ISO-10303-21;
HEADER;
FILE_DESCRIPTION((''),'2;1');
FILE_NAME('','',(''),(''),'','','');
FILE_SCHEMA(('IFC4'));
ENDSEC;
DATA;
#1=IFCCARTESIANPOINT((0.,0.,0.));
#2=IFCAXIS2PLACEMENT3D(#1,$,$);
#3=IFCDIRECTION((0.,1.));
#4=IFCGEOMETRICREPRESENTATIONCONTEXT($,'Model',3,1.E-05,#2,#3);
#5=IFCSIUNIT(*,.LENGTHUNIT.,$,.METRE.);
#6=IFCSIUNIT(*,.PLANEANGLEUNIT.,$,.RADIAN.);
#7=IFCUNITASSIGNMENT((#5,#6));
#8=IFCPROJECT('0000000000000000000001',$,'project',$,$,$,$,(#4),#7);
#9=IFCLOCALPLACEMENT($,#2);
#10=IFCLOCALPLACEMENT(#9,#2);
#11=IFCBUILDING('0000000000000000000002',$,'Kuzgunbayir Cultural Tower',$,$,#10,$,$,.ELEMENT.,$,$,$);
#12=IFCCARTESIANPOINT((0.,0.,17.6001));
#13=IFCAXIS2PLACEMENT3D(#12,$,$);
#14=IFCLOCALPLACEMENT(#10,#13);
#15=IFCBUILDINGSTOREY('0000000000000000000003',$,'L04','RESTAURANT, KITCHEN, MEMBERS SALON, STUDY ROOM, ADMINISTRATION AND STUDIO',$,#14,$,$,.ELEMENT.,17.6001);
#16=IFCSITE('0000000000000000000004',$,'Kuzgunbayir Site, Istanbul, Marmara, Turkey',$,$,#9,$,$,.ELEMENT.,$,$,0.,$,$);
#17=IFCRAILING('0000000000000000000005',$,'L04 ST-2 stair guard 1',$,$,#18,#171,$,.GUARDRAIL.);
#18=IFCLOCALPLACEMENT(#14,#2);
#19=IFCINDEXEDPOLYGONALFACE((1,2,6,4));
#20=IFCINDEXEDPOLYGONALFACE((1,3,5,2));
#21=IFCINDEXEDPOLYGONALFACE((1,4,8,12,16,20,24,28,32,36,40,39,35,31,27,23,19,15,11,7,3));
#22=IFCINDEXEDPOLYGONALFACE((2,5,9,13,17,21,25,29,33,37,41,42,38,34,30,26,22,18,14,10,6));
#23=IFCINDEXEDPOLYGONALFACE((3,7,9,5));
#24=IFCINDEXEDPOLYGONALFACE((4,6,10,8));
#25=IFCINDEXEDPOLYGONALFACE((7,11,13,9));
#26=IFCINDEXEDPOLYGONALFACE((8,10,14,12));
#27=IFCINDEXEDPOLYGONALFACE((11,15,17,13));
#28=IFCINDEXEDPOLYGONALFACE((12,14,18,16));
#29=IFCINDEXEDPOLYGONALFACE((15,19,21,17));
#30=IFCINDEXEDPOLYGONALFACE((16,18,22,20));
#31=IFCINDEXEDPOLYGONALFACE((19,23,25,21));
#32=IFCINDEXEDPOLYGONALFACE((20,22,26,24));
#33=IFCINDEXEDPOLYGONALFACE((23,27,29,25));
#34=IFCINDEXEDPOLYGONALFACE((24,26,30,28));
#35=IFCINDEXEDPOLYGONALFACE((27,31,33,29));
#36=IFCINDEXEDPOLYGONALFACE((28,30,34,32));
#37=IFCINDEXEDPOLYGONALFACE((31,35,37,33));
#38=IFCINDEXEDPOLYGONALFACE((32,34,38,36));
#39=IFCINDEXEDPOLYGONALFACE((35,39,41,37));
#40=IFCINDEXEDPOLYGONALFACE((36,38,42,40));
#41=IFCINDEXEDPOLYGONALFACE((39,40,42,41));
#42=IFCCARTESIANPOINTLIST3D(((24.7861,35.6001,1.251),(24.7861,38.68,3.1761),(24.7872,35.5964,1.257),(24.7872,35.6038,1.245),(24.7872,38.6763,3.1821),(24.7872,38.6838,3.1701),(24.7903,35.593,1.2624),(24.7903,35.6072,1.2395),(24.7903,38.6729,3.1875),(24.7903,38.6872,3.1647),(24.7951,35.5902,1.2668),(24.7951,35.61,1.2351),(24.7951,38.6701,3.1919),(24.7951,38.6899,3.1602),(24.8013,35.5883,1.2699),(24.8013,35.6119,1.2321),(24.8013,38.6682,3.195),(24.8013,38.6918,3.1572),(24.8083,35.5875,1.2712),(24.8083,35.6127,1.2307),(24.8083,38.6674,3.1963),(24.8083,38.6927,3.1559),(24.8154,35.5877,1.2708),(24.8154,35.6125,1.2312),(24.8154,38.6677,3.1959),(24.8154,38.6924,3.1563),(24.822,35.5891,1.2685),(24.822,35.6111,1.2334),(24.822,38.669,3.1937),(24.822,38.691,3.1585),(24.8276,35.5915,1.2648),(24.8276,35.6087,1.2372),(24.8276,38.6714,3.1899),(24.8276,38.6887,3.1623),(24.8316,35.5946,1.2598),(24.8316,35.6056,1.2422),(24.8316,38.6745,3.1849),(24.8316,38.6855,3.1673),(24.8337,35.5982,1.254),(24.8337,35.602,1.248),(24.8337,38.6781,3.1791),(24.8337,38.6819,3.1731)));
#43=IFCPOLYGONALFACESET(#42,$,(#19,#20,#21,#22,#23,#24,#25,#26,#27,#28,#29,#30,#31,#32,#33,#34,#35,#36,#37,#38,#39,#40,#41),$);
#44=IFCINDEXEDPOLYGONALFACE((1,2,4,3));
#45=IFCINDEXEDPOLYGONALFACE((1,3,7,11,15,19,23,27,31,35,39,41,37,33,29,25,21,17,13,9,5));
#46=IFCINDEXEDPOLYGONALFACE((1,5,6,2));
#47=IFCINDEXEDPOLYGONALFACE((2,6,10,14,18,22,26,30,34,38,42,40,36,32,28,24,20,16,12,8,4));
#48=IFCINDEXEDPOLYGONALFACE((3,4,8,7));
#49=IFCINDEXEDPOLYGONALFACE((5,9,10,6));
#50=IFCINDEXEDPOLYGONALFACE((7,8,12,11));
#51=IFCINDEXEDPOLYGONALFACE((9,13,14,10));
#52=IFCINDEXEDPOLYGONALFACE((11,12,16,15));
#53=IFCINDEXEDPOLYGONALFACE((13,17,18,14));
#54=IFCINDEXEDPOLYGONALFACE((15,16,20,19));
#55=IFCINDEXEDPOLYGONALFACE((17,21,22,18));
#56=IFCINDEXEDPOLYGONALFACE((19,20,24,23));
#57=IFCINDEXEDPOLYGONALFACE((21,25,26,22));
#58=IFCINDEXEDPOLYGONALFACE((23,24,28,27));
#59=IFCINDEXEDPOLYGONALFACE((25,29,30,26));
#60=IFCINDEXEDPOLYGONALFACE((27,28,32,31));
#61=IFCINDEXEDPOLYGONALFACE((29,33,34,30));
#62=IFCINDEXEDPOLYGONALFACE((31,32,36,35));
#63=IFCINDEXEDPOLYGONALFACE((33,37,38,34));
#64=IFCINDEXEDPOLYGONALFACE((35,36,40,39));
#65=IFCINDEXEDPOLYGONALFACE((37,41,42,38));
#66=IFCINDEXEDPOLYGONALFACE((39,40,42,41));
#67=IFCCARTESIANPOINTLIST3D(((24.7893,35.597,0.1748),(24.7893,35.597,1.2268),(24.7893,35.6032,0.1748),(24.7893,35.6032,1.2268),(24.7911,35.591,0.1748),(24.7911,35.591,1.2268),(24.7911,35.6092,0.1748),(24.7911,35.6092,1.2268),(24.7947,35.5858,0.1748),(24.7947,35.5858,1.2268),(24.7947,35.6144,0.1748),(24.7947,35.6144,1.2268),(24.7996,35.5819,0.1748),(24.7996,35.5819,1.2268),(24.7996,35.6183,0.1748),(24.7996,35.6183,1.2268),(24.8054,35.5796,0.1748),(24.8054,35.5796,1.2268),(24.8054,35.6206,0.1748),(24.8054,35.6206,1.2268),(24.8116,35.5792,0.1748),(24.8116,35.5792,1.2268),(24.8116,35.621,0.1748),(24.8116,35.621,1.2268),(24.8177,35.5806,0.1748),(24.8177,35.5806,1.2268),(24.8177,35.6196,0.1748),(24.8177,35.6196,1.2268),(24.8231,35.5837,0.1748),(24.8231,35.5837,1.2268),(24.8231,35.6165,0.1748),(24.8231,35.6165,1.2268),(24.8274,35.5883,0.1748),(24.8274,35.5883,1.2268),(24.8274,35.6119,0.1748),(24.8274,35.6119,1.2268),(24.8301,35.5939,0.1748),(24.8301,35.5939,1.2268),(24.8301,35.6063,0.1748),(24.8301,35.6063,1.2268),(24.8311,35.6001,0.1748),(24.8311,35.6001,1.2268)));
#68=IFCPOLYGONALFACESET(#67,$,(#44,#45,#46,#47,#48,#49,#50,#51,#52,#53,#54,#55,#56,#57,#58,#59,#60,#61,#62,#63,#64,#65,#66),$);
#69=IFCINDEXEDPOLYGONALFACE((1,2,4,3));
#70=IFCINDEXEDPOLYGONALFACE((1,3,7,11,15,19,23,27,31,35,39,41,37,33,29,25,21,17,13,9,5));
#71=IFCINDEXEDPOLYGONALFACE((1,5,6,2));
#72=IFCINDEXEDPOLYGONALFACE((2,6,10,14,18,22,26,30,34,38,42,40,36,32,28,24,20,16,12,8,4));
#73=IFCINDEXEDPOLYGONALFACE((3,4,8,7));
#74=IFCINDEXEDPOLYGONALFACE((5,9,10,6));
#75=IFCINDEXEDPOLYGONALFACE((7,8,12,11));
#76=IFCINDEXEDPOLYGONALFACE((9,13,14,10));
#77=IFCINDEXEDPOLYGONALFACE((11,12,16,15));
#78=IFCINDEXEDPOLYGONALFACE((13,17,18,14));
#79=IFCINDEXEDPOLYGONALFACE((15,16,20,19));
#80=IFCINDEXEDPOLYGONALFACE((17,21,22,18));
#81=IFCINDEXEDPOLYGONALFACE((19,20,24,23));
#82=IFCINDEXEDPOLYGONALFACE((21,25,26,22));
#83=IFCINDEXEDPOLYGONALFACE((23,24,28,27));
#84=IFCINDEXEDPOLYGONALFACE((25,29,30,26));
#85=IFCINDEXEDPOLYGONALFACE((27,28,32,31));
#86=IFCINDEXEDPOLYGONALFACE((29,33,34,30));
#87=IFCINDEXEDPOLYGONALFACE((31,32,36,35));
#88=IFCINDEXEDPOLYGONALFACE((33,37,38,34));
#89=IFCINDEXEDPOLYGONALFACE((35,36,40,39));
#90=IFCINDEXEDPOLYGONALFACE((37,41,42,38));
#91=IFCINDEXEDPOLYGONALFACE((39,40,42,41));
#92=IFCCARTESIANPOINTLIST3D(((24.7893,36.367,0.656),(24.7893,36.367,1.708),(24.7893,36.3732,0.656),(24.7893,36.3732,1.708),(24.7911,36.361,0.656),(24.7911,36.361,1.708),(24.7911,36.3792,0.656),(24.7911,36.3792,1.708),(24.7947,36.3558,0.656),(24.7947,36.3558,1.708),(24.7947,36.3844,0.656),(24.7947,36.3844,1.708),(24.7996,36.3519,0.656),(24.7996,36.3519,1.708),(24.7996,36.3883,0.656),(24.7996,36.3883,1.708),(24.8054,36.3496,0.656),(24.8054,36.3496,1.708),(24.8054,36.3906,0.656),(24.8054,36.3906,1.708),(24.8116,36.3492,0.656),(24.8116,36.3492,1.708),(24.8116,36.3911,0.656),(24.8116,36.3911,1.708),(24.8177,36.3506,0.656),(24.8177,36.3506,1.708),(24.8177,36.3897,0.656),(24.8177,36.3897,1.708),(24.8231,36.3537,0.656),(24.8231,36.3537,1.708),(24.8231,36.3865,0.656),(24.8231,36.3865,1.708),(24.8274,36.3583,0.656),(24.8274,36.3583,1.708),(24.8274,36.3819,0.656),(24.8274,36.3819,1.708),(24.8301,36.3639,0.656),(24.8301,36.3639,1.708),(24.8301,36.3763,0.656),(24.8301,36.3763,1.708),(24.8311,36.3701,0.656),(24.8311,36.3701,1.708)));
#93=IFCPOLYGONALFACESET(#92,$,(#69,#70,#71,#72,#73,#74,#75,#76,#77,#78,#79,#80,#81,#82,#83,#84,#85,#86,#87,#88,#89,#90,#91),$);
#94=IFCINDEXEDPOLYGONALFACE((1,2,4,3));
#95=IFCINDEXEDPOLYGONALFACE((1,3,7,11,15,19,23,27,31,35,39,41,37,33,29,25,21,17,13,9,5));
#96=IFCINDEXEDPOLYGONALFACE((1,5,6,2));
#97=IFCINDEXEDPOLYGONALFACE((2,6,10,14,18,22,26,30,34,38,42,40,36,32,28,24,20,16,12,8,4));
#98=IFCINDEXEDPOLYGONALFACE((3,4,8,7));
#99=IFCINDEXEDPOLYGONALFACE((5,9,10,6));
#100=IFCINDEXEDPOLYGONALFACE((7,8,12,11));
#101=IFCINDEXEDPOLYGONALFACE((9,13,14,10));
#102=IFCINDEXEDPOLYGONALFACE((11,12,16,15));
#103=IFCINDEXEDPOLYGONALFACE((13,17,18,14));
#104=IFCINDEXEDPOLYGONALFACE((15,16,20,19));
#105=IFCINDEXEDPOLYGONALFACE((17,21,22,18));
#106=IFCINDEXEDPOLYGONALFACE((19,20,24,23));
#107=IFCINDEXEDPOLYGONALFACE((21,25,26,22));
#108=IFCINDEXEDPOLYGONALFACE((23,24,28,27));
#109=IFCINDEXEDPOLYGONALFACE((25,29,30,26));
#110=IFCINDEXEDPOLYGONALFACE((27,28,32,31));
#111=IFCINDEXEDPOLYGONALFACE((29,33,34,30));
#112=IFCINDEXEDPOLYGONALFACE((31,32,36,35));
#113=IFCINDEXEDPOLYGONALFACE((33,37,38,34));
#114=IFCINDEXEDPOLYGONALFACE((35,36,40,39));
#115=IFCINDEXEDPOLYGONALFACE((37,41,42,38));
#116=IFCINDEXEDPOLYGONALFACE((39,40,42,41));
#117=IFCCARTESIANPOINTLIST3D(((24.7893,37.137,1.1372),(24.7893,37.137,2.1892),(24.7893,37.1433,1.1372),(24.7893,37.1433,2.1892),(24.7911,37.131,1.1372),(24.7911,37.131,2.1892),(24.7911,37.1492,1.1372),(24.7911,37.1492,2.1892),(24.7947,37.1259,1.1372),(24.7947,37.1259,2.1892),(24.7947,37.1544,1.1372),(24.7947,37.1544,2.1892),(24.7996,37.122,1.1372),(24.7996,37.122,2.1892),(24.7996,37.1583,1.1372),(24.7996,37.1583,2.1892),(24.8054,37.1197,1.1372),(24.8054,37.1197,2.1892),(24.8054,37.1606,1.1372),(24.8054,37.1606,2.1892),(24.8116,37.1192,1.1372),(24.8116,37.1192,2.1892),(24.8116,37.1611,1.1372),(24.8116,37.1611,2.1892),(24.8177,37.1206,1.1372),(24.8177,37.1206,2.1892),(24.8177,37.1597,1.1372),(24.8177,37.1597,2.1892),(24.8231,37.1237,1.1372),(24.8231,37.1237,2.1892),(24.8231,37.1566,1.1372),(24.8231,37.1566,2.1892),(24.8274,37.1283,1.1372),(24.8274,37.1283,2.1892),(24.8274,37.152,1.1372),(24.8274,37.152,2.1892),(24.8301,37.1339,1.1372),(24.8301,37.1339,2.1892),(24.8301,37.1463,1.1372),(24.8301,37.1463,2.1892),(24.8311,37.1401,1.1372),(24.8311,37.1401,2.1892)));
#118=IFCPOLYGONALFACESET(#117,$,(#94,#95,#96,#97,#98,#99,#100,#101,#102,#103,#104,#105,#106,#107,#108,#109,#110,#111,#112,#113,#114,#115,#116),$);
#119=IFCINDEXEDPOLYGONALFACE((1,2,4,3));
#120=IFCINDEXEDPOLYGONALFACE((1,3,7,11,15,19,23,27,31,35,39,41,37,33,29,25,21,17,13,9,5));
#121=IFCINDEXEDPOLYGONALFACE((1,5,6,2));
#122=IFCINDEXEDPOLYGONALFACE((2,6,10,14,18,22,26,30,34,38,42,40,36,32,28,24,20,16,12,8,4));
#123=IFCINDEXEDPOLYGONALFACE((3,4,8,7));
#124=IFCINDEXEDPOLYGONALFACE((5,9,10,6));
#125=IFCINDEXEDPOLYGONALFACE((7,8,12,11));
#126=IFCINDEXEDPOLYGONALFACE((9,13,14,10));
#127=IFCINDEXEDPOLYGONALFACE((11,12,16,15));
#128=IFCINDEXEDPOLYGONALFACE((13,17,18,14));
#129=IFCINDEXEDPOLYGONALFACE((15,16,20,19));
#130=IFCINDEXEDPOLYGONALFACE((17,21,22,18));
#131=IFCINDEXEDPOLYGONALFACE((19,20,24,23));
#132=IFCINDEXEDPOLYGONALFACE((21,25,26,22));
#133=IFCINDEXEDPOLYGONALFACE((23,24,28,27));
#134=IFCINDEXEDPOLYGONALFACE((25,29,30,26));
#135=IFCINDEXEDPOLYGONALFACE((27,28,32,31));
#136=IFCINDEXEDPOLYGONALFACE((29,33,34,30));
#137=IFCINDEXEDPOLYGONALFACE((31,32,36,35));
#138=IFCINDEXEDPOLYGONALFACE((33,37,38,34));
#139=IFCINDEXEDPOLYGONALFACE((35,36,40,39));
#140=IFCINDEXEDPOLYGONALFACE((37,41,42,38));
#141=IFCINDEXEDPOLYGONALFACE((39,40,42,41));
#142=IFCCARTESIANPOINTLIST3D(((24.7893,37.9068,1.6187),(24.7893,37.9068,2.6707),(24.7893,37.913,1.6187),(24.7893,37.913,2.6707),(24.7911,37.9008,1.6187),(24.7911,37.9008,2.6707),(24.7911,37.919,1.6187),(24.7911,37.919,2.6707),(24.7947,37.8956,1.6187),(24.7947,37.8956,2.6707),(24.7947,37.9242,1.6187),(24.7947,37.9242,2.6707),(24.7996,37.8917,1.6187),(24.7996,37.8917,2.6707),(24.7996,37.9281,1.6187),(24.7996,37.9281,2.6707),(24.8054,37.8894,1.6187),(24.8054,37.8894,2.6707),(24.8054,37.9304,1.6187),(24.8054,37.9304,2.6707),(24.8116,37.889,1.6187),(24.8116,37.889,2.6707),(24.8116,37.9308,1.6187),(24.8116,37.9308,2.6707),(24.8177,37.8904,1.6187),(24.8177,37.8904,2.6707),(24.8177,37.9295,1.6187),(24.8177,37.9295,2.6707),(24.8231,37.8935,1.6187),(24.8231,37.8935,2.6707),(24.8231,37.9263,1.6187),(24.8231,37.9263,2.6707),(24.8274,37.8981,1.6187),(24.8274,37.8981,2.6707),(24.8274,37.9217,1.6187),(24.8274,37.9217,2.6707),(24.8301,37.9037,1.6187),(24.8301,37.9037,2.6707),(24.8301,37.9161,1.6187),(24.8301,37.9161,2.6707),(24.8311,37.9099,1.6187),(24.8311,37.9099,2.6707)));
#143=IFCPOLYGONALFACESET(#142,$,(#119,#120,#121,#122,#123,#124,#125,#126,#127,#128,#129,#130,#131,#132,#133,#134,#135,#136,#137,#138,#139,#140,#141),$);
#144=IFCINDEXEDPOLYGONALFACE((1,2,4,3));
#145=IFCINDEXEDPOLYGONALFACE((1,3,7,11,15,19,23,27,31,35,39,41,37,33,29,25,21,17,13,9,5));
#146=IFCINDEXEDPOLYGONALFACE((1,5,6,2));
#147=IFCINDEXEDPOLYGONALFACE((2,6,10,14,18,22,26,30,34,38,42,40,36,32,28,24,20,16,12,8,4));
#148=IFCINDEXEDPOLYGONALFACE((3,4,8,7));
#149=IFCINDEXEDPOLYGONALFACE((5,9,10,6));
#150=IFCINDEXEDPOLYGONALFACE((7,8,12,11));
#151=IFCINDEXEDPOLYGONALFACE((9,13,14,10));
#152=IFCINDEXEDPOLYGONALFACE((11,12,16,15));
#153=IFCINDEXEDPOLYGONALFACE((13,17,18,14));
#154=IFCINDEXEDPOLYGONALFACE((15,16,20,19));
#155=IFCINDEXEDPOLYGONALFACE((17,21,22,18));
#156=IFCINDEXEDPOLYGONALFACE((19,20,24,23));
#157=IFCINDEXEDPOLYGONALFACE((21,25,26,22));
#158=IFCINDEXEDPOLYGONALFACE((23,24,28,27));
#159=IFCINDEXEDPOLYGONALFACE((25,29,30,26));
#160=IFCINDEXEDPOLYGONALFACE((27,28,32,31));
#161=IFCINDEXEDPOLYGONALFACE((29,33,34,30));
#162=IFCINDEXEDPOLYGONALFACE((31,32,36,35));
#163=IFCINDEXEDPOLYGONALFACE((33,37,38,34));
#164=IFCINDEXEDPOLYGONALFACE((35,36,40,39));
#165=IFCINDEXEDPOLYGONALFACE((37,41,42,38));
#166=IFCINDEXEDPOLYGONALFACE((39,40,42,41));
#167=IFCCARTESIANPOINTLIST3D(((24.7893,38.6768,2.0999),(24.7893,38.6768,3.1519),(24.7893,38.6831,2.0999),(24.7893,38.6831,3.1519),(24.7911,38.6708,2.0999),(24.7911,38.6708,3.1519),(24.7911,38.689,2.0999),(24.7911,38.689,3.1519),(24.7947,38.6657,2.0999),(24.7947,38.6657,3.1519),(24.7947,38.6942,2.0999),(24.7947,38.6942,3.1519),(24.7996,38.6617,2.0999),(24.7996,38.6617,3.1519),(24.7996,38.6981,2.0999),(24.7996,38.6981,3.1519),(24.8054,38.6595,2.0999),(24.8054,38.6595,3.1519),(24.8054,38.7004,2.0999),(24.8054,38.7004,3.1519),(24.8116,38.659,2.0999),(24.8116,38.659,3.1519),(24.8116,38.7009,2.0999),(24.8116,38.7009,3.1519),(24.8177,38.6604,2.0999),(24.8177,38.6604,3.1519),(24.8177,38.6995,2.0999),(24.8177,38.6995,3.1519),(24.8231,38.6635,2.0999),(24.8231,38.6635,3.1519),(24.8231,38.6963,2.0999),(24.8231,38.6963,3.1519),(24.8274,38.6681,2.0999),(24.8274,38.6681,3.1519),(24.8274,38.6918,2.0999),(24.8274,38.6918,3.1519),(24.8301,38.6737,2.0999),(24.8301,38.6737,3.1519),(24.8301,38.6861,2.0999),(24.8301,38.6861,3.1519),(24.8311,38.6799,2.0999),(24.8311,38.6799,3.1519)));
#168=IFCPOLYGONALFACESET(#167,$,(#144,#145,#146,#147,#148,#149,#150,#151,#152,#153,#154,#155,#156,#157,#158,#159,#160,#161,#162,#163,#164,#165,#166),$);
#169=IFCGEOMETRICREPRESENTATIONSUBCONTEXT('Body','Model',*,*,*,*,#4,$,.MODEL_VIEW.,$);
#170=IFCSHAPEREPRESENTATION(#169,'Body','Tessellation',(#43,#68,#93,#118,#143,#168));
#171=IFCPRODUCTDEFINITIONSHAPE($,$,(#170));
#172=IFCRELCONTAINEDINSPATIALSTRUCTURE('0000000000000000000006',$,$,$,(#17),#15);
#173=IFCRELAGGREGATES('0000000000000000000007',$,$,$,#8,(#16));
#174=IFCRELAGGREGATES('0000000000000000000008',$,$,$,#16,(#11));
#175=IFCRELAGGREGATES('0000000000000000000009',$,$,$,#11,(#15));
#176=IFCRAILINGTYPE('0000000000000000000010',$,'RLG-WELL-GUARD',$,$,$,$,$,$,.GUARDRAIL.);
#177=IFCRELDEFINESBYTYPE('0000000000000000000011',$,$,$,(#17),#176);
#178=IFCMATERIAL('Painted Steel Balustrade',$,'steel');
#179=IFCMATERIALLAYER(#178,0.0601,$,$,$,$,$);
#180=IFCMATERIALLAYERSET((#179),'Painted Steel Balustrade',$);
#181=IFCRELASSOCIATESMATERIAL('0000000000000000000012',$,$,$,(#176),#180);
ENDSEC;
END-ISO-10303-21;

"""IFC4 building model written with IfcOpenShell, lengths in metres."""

from ifc_helpers import new_model, si_unit, direction, frame, origin, origin_2d, place, context, subcontext, project, spatial, circle, extrude, material, layer, layer_set, type_object, element, save


model = new_model("IFC4")

# Units and contexts
model_context = context("Model", 3, precision=1e-05, world=origin(), true_north=direction((0.0, 1.0)))
body_context = subcontext(model_context, "Body", "Model", "MODEL_VIEW")
ifc_project = project(units=[si_unit("LENGTHUNIT", "METRE"), si_unit("PLANEANGLEUNIT", "RADIAN")], contexts=[model_context])

# Site, building, storey
site_placement = place(None, origin())
site = spatial("IfcSite", under=ifc_project, at=site_placement, Name="Kuzgunbayir Site, Istanbul, Marmara, Turkey", CompositionType="ELEMENT", RefElevation=0.0)
building_placement = place(site_placement, origin())
building = spatial("IfcBuilding", under=site, at=building_placement, Name="Kuzgunbayir Cultural Tower", CompositionType="ELEMENT")
storey_placement = place(building_placement, frame((0.0, 0.0, 17.6001)))
storey = spatial("IfcBuildingStorey", under=building, at=storey_placement, Name="L04", Description="RESTAURANT, KITCHEN, MEMBERS SALON, STUDY ROOM, ADMINISTRATION AND STUDIO", CompositionType="ELEMENT", Elevation=17.6001)

# Railing
ifc_material_1 = material(Name="Painted Steel Balustrade", Category="steel")
ifc_layer_1 = layer(ifc_material_1, 0.0601)
ifc_layer_set_1 = layer_set([ifc_layer_1], Name="Painted Steel Balustrade")
railing_type_1 = type_object("IfcRailingType", Name="RLG-WELL-GUARD", PredefinedType="GUARDRAIL", material=ifc_layer_set_1)
railing_1_placement = place(storey_placement, frame((24.8101, 35.6001, 0.1748)))
element("IfcRailing", 1, at=railing_1_placement, inside=storey, type_object=railing_type_1, Name="L04 ST-2 stair guard 1", PredefinedType="GUARDRAIL", context=body_context, shape_type="SweptSolid", body=[
    extrude(circle(Radius=0.0239, at=origin_2d()), frame((0.0, 0.0, 1.0762), z_axis=(0.0, 0.847979, 0.530029), x_axis=(-1.0, 0.0, 0.0)), (0.0, 0.0, 1.0), 3.6321),
    extrude(circle(Radius=0.021, at=origin_2d()), origin(), (0.0, 0.0, 1.0), 1.052),
    extrude(circle(Radius=0.021, at=origin_2d()), frame((0.0, 0.77, 0.4812)), (0.0, 0.0, 1.0), 1.052),
    extrude(circle(Radius=0.021, at=origin_2d()), frame((0.0, 1.54, 0.9624)), (0.0, 0.0, 1.0), 1.052),
    extrude(circle(Radius=0.021, at=origin_2d()), frame((0.0, 2.3098, 1.4438)), (0.0, 0.0, 1.0), 1.052),
    extrude(circle(Radius=0.021, at=origin_2d()), frame((0.0, 3.0798, 1.925)), (0.0, 0.0, 1.0), 1.052),
])

save(model, "model.ifc")
